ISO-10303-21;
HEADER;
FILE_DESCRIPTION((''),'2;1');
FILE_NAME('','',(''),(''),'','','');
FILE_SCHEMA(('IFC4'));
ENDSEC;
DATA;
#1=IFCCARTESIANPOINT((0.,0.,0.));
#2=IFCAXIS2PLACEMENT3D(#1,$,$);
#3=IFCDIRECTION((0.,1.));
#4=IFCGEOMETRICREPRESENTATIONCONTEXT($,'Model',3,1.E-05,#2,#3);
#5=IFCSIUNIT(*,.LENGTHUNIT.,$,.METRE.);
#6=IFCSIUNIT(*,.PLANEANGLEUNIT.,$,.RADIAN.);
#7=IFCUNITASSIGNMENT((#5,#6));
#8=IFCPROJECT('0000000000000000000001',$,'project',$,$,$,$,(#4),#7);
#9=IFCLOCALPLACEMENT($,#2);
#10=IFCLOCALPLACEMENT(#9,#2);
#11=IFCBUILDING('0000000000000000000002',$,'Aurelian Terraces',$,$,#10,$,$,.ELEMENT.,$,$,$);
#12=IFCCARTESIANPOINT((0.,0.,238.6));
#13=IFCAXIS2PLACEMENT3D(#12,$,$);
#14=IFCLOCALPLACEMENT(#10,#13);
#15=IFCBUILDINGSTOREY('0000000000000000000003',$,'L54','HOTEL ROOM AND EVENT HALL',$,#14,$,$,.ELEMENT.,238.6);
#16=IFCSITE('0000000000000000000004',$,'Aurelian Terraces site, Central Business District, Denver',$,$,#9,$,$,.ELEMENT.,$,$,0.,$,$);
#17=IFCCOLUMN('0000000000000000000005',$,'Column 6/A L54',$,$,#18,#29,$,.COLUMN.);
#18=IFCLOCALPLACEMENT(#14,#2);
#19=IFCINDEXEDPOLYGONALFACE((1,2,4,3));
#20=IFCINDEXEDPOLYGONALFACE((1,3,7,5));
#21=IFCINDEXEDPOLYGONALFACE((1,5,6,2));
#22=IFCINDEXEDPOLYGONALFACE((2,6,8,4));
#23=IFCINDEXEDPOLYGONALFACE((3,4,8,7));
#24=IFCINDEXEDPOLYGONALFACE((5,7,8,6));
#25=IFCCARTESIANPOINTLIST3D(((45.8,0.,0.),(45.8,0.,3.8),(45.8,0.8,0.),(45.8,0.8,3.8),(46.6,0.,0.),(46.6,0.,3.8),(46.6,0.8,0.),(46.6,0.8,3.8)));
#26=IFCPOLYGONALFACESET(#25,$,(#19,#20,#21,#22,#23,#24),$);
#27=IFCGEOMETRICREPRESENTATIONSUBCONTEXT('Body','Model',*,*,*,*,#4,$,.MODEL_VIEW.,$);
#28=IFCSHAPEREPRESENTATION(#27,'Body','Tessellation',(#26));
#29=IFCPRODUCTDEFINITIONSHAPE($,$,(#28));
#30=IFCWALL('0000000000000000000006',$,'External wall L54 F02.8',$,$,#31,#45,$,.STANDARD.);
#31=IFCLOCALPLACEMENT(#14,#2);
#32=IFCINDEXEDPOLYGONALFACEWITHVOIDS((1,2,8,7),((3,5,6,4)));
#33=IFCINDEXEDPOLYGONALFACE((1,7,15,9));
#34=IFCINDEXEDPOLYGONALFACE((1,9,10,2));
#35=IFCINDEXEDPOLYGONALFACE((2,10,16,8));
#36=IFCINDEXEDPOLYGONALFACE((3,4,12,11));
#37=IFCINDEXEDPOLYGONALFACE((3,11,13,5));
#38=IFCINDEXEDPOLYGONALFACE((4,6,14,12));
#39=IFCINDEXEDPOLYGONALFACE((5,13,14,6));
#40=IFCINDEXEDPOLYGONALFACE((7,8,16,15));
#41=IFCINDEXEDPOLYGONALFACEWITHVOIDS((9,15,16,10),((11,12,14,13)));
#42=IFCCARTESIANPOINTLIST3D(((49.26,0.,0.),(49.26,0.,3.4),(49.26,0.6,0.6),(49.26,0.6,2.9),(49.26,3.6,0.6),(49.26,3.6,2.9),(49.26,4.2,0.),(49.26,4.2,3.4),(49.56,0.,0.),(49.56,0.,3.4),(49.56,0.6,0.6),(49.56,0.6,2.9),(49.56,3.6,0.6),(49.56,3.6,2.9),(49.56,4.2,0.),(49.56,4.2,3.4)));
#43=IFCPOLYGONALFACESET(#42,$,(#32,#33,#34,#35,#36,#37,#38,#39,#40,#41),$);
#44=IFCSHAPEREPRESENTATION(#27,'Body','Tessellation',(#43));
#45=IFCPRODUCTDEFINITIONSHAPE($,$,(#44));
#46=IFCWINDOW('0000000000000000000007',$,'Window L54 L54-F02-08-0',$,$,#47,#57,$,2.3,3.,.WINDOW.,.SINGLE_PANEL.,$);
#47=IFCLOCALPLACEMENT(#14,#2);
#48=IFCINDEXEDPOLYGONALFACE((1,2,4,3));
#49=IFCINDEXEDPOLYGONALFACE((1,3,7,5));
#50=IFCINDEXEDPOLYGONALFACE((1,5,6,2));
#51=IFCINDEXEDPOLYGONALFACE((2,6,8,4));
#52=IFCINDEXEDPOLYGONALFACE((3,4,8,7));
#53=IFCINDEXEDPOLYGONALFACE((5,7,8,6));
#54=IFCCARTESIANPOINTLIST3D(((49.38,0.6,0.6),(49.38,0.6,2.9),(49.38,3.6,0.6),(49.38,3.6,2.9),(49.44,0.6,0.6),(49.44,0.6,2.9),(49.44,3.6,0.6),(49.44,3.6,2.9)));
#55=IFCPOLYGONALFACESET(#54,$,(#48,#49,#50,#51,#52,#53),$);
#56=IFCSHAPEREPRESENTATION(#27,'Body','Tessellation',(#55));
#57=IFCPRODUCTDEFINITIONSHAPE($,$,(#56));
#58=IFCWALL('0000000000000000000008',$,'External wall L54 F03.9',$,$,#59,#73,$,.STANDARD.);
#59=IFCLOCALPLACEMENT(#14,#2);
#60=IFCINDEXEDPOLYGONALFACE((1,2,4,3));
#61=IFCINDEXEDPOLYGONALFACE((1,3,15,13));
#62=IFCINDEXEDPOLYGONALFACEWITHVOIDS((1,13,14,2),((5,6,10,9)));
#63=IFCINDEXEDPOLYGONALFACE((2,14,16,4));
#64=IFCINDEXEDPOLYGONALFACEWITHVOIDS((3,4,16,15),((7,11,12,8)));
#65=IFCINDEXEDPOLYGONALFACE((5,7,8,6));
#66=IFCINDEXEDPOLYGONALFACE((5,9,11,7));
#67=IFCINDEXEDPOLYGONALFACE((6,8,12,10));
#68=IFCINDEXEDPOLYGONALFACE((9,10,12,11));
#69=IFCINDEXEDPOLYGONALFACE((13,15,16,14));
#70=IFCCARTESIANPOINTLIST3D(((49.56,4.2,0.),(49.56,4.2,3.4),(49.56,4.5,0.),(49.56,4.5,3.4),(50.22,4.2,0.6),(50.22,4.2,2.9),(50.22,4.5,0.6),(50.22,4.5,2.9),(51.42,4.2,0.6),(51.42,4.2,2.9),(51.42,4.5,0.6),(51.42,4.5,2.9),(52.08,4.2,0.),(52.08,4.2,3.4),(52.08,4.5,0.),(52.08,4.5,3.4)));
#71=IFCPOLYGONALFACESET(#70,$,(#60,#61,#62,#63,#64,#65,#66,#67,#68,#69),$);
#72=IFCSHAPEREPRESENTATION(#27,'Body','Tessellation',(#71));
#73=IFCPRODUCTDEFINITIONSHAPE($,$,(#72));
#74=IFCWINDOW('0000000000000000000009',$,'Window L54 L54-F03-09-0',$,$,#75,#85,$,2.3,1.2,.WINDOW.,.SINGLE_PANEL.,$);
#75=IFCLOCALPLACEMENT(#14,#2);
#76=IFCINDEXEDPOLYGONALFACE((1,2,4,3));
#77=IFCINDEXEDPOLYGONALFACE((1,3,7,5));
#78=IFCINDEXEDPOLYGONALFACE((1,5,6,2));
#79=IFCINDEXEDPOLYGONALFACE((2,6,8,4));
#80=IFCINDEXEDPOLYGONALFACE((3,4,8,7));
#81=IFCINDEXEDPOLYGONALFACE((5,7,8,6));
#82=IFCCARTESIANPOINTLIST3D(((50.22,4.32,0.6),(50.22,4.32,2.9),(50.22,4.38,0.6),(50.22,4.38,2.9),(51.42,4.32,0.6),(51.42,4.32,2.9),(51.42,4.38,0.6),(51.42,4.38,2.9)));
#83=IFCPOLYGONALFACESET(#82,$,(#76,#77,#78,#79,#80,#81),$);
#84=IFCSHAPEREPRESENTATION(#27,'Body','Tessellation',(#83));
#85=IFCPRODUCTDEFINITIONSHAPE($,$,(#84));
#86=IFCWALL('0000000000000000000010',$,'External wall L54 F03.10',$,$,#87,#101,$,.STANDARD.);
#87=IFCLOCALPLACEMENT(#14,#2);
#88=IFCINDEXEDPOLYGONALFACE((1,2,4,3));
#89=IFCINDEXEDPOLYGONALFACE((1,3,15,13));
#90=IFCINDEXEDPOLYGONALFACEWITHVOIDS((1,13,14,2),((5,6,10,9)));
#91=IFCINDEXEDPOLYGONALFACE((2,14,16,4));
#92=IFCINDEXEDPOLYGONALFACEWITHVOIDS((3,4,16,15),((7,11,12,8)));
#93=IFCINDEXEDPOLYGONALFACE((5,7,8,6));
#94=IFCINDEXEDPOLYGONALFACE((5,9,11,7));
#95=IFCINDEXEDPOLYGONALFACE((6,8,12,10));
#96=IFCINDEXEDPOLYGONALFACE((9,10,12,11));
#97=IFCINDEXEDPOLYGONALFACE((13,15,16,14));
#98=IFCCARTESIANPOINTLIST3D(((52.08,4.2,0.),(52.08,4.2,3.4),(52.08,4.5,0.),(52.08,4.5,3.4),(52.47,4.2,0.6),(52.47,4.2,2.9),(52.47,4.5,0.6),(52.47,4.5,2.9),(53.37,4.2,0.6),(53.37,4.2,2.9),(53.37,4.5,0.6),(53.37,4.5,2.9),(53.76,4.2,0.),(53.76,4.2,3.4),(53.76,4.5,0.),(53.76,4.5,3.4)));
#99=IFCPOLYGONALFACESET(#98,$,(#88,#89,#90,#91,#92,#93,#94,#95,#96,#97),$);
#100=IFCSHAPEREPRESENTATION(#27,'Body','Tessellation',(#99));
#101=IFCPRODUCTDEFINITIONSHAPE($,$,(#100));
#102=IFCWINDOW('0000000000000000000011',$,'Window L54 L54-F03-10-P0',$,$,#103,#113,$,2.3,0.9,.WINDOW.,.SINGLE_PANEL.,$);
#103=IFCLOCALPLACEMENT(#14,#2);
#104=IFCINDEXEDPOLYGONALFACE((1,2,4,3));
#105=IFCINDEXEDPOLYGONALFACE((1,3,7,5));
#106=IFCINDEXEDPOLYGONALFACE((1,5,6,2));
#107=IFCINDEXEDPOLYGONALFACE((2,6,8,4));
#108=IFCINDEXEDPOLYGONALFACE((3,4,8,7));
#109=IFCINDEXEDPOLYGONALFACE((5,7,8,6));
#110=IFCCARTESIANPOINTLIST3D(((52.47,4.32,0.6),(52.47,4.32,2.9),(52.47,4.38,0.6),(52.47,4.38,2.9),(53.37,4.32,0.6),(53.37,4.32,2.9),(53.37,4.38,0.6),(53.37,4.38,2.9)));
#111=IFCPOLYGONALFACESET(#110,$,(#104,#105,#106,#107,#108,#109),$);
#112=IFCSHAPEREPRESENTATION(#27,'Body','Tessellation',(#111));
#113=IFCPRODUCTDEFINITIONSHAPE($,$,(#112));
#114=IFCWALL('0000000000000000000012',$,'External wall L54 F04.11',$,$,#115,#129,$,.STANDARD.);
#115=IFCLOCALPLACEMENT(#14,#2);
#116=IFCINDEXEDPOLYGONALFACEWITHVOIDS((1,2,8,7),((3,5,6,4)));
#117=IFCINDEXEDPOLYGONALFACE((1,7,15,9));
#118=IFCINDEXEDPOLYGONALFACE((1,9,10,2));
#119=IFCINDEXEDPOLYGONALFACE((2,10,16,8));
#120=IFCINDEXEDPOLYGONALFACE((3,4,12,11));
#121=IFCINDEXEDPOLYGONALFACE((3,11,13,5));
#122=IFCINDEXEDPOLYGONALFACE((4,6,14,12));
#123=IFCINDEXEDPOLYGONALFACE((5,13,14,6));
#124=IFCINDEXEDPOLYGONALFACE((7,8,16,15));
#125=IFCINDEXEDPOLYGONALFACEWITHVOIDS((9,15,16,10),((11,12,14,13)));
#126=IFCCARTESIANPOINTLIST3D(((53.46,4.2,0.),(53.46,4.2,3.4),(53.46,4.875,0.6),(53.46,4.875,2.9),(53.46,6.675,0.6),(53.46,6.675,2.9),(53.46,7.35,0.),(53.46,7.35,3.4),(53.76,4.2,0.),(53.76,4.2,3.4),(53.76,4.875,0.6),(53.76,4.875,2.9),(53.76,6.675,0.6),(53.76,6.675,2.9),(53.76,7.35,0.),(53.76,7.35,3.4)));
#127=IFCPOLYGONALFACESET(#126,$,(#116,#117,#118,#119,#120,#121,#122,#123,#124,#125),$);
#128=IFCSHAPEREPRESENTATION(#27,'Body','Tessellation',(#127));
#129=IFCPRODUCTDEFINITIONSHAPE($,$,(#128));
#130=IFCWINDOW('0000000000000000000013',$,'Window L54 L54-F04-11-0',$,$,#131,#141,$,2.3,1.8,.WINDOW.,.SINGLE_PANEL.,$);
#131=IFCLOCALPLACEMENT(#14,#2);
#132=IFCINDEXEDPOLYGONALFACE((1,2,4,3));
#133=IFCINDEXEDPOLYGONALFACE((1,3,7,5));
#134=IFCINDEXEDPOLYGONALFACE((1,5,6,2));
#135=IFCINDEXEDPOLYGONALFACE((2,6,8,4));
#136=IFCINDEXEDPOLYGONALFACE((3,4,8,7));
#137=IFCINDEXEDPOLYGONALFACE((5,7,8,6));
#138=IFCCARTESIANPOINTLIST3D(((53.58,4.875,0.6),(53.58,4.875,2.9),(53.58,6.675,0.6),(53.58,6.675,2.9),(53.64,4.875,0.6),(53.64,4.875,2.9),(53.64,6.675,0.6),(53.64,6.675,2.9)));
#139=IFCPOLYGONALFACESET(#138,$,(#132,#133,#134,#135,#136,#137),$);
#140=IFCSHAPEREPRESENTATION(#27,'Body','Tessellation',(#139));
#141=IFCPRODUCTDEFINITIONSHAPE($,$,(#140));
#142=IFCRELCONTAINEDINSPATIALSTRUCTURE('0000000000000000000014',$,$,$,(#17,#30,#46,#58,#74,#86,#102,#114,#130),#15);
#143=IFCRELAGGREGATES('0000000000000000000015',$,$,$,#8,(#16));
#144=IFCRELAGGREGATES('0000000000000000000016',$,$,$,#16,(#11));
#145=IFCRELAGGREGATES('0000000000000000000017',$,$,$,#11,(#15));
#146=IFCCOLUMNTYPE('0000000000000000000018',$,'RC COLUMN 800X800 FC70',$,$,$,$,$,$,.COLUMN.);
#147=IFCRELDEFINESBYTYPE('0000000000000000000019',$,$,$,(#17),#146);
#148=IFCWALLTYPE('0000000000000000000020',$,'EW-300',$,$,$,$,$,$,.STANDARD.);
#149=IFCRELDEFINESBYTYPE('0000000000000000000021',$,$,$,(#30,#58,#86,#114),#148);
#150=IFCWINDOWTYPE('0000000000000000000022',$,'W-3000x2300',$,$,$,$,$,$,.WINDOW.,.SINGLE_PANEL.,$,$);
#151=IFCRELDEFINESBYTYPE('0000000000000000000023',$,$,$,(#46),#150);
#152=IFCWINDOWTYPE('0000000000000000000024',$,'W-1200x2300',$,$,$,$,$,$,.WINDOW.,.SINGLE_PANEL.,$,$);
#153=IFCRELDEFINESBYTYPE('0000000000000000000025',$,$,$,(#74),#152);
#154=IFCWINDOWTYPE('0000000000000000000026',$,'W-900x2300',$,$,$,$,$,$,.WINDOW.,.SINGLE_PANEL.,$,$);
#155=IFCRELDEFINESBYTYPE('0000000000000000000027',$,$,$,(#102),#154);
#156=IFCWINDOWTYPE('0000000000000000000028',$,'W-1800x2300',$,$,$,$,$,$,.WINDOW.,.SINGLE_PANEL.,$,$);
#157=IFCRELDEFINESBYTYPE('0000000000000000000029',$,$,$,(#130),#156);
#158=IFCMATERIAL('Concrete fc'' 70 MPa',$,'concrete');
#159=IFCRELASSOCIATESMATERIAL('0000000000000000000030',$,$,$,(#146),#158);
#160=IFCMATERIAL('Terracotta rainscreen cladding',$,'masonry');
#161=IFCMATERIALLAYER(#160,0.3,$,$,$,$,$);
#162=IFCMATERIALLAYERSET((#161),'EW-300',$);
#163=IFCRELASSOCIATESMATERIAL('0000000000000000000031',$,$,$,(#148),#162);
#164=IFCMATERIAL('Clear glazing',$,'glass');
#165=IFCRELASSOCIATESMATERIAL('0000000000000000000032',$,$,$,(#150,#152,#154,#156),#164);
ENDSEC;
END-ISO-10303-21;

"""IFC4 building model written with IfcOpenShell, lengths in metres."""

from ifc_helpers import new_model, si_unit, direction, frame, frame_2d, origin, origin_2d, place, context, subcontext, project, spatial, rectangle, extrude, source, transform, mapped, material, layer, layer_set, material_profile, profile_set, type_object, element, fill, save


model = new_model("IFC4")

# Units and contexts
model_context = context("Model", 3, precision=1e-05, world=origin(), true_north=direction((0.0, 1.0)))
body_context = subcontext(model_context, "Body", "Model", "MODEL_VIEW")
ifc_project = project(units=[si_unit("LENGTHUNIT", "METRE"), si_unit("PLANEANGLEUNIT", "RADIAN")], contexts=[model_context])

# Site, building, storey
site_placement = place(None, origin())
site = spatial("IfcSite", under=ifc_project, at=site_placement, Name="Aurelian Terraces site, Central Business District, Denver", CompositionType="ELEMENT", RefElevation=0.0)
building_placement = place(site_placement, origin())
building = spatial("IfcBuilding", under=site, at=building_placement, Name="Aurelian Terraces", CompositionType="ELEMENT")
storey_placement = place(building_placement, frame((0.0, 0.0, 238.6)))
storey = spatial("IfcBuildingStorey", under=building, at=storey_placement, Name="L54", Description="HOTEL ROOM AND EVENT HALL", CompositionType="ELEMENT", Elevation=238.6)

# Column
ifc_material_1 = material(Name="Concrete fc' 70 MPa", Category="concrete")
ifc_material_profile = material_profile(ifc_material_1, rectangle(XDim=0.8, YDim=0.8, at=origin_2d()))
ifc_profile_set = profile_set([ifc_material_profile], Name="Concrete fc' 70 MPa")
column_type = type_object("IfcColumnType", Name="RC COLUMN 800X800 FC70", PredefinedType="COLUMN", material=ifc_profile_set)
shared_shape_1 = source(origin(), body_context, "Body", "SweptSolid", [
    extrude(rectangle(XDim=0.8, YDim=0.8, at=origin_2d()), origin(), (0.0, 0.0, 1.0), 3.8),
])
column_placement = place(storey_placement, frame((46.2, 0.4, 0.0), z_axis=(0.0, 0.0, 1.0), x_axis=(1.0, 0.0, 0.0)))
element("IfcColumn", 1, at=column_placement, inside=storey, type_object=column_type, Name="Column 6/A L54", PredefinedType="COLUMN", context=body_context, shape_type="MappedRepresentation", body=[
    mapped(shared_shape_1, transform((0.0, 0.0, 0.0), scale=1.0)),
])

# Walls, openings, windows
ifc_material_2 = material(Name="Terracotta rainscreen cladding", Category="masonry")
ifc_layer_1 = layer(ifc_material_2, 0.3)
ifc_layer_set_1 = layer_set([ifc_layer_1], Name="EW-300")
wall_type_1 = type_object("IfcWallType", Name="EW-300", PredefinedType="STANDARD", material=ifc_layer_set_1)
shared_shape_2 = source(origin(), body_context, "Body", "SweptSolid", [
    extrude(rectangle(XDim=4.2, YDim=0.3, at=frame_2d((2.1, 0.0))), origin(), (0.0, 0.0, 1.0), 3.4),
])
wall_1_placement = place(storey_placement, frame((49.41, 0.0, 0.0), z_axis=(0.0, 0.0, 1.0), x_axis=(0.0, 1.0, 0.0)))
wall_1 = element("IfcWall", 2, at=wall_1_placement, inside=storey, type_object=wall_type_1, Name="External wall L54 F02.8", PredefinedType="STANDARD", context=body_context, shape_type="MappedRepresentation", body=[
    mapped(shared_shape_2, transform((0.0, 0.0, 0.0), scale=1.0)),
])
shared_shape_3 = source(origin(), body_context, "Body", "SweptSolid", [
    extrude(rectangle(XDim=3.0, YDim=2.3, at=frame_2d((1.5, 1.15))), frame((0.0, 0.16, 0.0), z_axis=(0.0, -1.0, 0.0), x_axis=(1.0, 0.0, 0.0)), (0.0, 0.0, 1.0), 0.32),
])
opening_1_placement = place(wall_1_placement, frame((0.6, 0.0, 0.6)))
opening_1 = element("IfcOpeningElement", 3, at=opening_1_placement, cuts=wall_1, PredefinedType="OPENING", context=body_context, shape_type="MappedRepresentation", body=[
    mapped(shared_shape_3, transform((0.0, 0.0, 0.0), scale=1.0)),
])
ifc_material_3 = material(Name="Clear glazing", Category="glass")
window_type_1 = type_object("IfcWindowType", Name="W-3000x2300", PartitioningType="SINGLE_PANEL", PredefinedType="WINDOW", material=ifc_material_3)
shared_shape_4 = source(origin(), body_context, "Body", "SweptSolid", [
    extrude(rectangle(XDim=3.0, YDim=2.3, at=frame_2d((1.5, 1.15))), frame((0.0, 0.03, 0.0), z_axis=(0.0, -1.0, 0.0), x_axis=(1.0, 0.0, 0.0)), (0.0, 0.0, 1.0), 0.06),
])
window_1_placement = place(opening_1_placement, origin())
window_1 = element("IfcWindow", 4, at=window_1_placement, inside=storey, type_object=window_type_1, Name="Window L54 L54-F02-08-0", OverallHeight=2.3, OverallWidth=3.0, PartitioningType="SINGLE_PANEL", PredefinedType="WINDOW", context=body_context, shape_type="MappedRepresentation", body=[
    mapped(shared_shape_4, transform((0.0, 0.0, 0.0), scale=1.0)),
])
fill(opening_1, window_1)
shared_shape_5 = source(origin(), body_context, "Body", "SweptSolid", [
    extrude(rectangle(XDim=2.52, YDim=0.3, at=frame_2d((1.26, 0.0))), origin(), (0.0, 0.0, 1.0), 3.4),
])
wall_2_placement = place(storey_placement, frame((49.56, 4.35, 0.0), z_axis=(0.0, 0.0, 1.0), x_axis=(1.0, 0.0, 0.0)))
wall_2 = element("IfcWall", 5, at=wall_2_placement, inside=storey, type_object=wall_type_1, Name="External wall L54 F03.9", PredefinedType="STANDARD", context=body_context, shape_type="MappedRepresentation", body=[
    mapped(shared_shape_5, transform((0.0, 0.0, 0.0), scale=1.0)),
])
shared_shape_6 = source(origin(), body_context, "Body", "SweptSolid", [
    extrude(rectangle(XDim=1.2, YDim=2.3, at=frame_2d((0.6, 1.15))), frame((0.0, 0.16, 0.0), z_axis=(0.0, -1.0, 0.0), x_axis=(1.0, 0.0, 0.0)), (0.0, 0.0, 1.0), 0.32),
])
opening_2_placement = place(wall_2_placement, frame((0.66, 0.0, 0.6)))
opening_2 = element("IfcOpeningElement", 6, at=opening_2_placement, cuts=wall_2, PredefinedType="OPENING", context=body_context, shape_type="MappedRepresentation", body=[
    mapped(shared_shape_6, transform((0.0, 0.0, 0.0), scale=1.0)),
])
window_type_2 = type_object("IfcWindowType", Name="W-1200x2300", PartitioningType="SINGLE_PANEL", PredefinedType="WINDOW", material=ifc_material_3)
shared_shape_7 = source(origin(), body_context, "Body", "SweptSolid", [
    extrude(rectangle(XDim=1.2, YDim=2.3, at=frame_2d((0.6, 1.15))), frame((0.0, 0.03, 0.0), z_axis=(0.0, -1.0, 0.0), x_axis=(1.0, 0.0, 0.0)), (0.0, 0.0, 1.0), 0.06),
])
window_2_placement = place(opening_2_placement, origin())
window_2 = element("IfcWindow", 7, at=window_2_placement, inside=storey, type_object=window_type_2, Name="Window L54 L54-F03-09-0", OverallHeight=2.3, OverallWidth=1.2, PartitioningType="SINGLE_PANEL", PredefinedType="WINDOW", context=body_context, shape_type="MappedRepresentation", body=[
    mapped(shared_shape_7, transform((0.0, 0.0, 0.0), scale=1.0)),
])
fill(opening_2, window_2)
shared_shape_8 = source(origin(), body_context, "Body", "SweptSolid", [
    extrude(rectangle(XDim=1.68, YDim=0.3, at=frame_2d((0.84, 0.0))), origin(), (0.0, 0.0, 1.0), 3.4),
])
wall_3_placement = place(storey_placement, frame((52.08, 4.35, 0.0), z_axis=(0.0, 0.0, 1.0), x_axis=(1.0, 0.0, 0.0)))
wall_3 = element("IfcWall", 8, at=wall_3_placement, inside=storey, type_object=wall_type_1, Name="External wall L54 F03.10", PredefinedType="STANDARD", context=body_context, shape_type="MappedRepresentation", body=[
    mapped(shared_shape_8, transform((0.0, 0.0, 0.0), scale=1.0)),
])
shared_shape_9 = source(origin(), body_context, "Body", "SweptSolid", [
    extrude(rectangle(XDim=0.9, YDim=2.3, at=frame_2d((0.45, 1.15))), frame((0.0, 0.16, 0.0), z_axis=(0.0, -1.0, 0.0), x_axis=(1.0, 0.0, 0.0)), (0.0, 0.0, 1.0), 0.32),
])
opening_3_placement = place(wall_3_placement, frame((0.39, 0.0, 0.6)))
opening_3 = element("IfcOpeningElement", 9, at=opening_3_placement, cuts=wall_3, PredefinedType="OPENING", context=body_context, shape_type="MappedRepresentation", body=[
    mapped(shared_shape_9, transform((0.0, 0.0, 0.0), scale=1.0)),
])
window_type_3 = type_object("IfcWindowType", Name="W-900x2300", PartitioningType="SINGLE_PANEL", PredefinedType="WINDOW", material=ifc_material_3)
shared_shape_10 = source(origin(), body_context, "Body", "SweptSolid", [
    extrude(rectangle(XDim=0.9, YDim=2.3, at=frame_2d((0.45, 1.15))), frame((0.0, 0.03, 0.0), z_axis=(0.0, -1.0, 0.0), x_axis=(1.0, 0.0, 0.0)), (0.0, 0.0, 1.0), 0.06),
])
window_3_placement = place(opening_3_placement, origin())
window_3 = element("IfcWindow", 10, at=window_3_placement, inside=storey, type_object=window_type_3, Name="Window L54 L54-F03-10-P0", OverallHeight=2.3, OverallWidth=0.9, PartitioningType="SINGLE_PANEL", PredefinedType="WINDOW", context=body_context, shape_type="MappedRepresentation", body=[
    mapped(shared_shape_10, transform((0.0, 0.0, 0.0), scale=1.0)),
])
fill(opening_3, window_3)
shared_shape_11 = source(origin(), body_context, "Body", "SweptSolid", [
    extrude(rectangle(XDim=3.15, YDim=0.3, at=frame_2d((1.575, 0.0))), origin(), (0.0, 0.0, 1.0), 3.4),
])
wall_4_placement = place(storey_placement, frame((53.61, 4.2, 0.0), z_axis=(0.0, 0.0, 1.0), x_axis=(0.0, 1.0, 0.0)))
wall_4 = element("IfcWall", 11, at=wall_4_placement, inside=storey, type_object=wall_type_1, Name="External wall L54 F04.11", PredefinedType="STANDARD", context=body_context, shape_type="MappedRepresentation", body=[
    mapped(shared_shape_11, transform((0.0, 0.0, 0.0), scale=1.0)),
])
shared_shape_12 = source(origin(), body_context, "Body", "SweptSolid", [
    extrude(rectangle(XDim=1.8, YDim=2.3, at=frame_2d((0.9, 1.15))), frame((0.0, 0.16, 0.0), z_axis=(0.0, -1.0, 0.0), x_axis=(1.0, 0.0, 0.0)), (0.0, 0.0, 1.0), 0.32),
])
opening_4_placement = place(wall_4_placement, frame((0.675, 0.0, 0.6)))
opening_4 = element("IfcOpeningElement", 12, at=opening_4_placement, cuts=wall_4, PredefinedType="OPENING", context=body_context, shape_type="MappedRepresentation", body=[
    mapped(shared_shape_12, transform((0.0, 0.0, 0.0), scale=1.0)),
])
window_type_4 = type_object("IfcWindowType", Name="W-1800x2300", PartitioningType="SINGLE_PANEL", PredefinedType="WINDOW", material=ifc_material_3)
shared_shape_13 = source(origin(), body_context, "Body", "SweptSolid", [
    extrude(rectangle(XDim=1.8, YDim=2.3, at=frame_2d((0.9, 1.15))), frame((0.0, 0.03, 0.0), z_axis=(0.0, -1.0, 0.0), x_axis=(1.0, 0.0, 0.0)), (0.0, 0.0, 1.0), 0.06),
])
window_4_placement = place(opening_4_placement, origin())
window_4 = element("IfcWindow", 13, at=window_4_placement, inside=storey, type_object=window_type_4, Name="Window L54 L54-F04-11-0", OverallHeight=2.3, OverallWidth=1.8, PartitioningType="SINGLE_PANEL", PredefinedType="WINDOW", context=body_context, shape_type="MappedRepresentation", body=[
    mapped(shared_shape_13, transform((0.0, 0.0, 0.0), scale=1.0)),
])
fill(opening_4, window_4)

save(model, "model.ifc")
